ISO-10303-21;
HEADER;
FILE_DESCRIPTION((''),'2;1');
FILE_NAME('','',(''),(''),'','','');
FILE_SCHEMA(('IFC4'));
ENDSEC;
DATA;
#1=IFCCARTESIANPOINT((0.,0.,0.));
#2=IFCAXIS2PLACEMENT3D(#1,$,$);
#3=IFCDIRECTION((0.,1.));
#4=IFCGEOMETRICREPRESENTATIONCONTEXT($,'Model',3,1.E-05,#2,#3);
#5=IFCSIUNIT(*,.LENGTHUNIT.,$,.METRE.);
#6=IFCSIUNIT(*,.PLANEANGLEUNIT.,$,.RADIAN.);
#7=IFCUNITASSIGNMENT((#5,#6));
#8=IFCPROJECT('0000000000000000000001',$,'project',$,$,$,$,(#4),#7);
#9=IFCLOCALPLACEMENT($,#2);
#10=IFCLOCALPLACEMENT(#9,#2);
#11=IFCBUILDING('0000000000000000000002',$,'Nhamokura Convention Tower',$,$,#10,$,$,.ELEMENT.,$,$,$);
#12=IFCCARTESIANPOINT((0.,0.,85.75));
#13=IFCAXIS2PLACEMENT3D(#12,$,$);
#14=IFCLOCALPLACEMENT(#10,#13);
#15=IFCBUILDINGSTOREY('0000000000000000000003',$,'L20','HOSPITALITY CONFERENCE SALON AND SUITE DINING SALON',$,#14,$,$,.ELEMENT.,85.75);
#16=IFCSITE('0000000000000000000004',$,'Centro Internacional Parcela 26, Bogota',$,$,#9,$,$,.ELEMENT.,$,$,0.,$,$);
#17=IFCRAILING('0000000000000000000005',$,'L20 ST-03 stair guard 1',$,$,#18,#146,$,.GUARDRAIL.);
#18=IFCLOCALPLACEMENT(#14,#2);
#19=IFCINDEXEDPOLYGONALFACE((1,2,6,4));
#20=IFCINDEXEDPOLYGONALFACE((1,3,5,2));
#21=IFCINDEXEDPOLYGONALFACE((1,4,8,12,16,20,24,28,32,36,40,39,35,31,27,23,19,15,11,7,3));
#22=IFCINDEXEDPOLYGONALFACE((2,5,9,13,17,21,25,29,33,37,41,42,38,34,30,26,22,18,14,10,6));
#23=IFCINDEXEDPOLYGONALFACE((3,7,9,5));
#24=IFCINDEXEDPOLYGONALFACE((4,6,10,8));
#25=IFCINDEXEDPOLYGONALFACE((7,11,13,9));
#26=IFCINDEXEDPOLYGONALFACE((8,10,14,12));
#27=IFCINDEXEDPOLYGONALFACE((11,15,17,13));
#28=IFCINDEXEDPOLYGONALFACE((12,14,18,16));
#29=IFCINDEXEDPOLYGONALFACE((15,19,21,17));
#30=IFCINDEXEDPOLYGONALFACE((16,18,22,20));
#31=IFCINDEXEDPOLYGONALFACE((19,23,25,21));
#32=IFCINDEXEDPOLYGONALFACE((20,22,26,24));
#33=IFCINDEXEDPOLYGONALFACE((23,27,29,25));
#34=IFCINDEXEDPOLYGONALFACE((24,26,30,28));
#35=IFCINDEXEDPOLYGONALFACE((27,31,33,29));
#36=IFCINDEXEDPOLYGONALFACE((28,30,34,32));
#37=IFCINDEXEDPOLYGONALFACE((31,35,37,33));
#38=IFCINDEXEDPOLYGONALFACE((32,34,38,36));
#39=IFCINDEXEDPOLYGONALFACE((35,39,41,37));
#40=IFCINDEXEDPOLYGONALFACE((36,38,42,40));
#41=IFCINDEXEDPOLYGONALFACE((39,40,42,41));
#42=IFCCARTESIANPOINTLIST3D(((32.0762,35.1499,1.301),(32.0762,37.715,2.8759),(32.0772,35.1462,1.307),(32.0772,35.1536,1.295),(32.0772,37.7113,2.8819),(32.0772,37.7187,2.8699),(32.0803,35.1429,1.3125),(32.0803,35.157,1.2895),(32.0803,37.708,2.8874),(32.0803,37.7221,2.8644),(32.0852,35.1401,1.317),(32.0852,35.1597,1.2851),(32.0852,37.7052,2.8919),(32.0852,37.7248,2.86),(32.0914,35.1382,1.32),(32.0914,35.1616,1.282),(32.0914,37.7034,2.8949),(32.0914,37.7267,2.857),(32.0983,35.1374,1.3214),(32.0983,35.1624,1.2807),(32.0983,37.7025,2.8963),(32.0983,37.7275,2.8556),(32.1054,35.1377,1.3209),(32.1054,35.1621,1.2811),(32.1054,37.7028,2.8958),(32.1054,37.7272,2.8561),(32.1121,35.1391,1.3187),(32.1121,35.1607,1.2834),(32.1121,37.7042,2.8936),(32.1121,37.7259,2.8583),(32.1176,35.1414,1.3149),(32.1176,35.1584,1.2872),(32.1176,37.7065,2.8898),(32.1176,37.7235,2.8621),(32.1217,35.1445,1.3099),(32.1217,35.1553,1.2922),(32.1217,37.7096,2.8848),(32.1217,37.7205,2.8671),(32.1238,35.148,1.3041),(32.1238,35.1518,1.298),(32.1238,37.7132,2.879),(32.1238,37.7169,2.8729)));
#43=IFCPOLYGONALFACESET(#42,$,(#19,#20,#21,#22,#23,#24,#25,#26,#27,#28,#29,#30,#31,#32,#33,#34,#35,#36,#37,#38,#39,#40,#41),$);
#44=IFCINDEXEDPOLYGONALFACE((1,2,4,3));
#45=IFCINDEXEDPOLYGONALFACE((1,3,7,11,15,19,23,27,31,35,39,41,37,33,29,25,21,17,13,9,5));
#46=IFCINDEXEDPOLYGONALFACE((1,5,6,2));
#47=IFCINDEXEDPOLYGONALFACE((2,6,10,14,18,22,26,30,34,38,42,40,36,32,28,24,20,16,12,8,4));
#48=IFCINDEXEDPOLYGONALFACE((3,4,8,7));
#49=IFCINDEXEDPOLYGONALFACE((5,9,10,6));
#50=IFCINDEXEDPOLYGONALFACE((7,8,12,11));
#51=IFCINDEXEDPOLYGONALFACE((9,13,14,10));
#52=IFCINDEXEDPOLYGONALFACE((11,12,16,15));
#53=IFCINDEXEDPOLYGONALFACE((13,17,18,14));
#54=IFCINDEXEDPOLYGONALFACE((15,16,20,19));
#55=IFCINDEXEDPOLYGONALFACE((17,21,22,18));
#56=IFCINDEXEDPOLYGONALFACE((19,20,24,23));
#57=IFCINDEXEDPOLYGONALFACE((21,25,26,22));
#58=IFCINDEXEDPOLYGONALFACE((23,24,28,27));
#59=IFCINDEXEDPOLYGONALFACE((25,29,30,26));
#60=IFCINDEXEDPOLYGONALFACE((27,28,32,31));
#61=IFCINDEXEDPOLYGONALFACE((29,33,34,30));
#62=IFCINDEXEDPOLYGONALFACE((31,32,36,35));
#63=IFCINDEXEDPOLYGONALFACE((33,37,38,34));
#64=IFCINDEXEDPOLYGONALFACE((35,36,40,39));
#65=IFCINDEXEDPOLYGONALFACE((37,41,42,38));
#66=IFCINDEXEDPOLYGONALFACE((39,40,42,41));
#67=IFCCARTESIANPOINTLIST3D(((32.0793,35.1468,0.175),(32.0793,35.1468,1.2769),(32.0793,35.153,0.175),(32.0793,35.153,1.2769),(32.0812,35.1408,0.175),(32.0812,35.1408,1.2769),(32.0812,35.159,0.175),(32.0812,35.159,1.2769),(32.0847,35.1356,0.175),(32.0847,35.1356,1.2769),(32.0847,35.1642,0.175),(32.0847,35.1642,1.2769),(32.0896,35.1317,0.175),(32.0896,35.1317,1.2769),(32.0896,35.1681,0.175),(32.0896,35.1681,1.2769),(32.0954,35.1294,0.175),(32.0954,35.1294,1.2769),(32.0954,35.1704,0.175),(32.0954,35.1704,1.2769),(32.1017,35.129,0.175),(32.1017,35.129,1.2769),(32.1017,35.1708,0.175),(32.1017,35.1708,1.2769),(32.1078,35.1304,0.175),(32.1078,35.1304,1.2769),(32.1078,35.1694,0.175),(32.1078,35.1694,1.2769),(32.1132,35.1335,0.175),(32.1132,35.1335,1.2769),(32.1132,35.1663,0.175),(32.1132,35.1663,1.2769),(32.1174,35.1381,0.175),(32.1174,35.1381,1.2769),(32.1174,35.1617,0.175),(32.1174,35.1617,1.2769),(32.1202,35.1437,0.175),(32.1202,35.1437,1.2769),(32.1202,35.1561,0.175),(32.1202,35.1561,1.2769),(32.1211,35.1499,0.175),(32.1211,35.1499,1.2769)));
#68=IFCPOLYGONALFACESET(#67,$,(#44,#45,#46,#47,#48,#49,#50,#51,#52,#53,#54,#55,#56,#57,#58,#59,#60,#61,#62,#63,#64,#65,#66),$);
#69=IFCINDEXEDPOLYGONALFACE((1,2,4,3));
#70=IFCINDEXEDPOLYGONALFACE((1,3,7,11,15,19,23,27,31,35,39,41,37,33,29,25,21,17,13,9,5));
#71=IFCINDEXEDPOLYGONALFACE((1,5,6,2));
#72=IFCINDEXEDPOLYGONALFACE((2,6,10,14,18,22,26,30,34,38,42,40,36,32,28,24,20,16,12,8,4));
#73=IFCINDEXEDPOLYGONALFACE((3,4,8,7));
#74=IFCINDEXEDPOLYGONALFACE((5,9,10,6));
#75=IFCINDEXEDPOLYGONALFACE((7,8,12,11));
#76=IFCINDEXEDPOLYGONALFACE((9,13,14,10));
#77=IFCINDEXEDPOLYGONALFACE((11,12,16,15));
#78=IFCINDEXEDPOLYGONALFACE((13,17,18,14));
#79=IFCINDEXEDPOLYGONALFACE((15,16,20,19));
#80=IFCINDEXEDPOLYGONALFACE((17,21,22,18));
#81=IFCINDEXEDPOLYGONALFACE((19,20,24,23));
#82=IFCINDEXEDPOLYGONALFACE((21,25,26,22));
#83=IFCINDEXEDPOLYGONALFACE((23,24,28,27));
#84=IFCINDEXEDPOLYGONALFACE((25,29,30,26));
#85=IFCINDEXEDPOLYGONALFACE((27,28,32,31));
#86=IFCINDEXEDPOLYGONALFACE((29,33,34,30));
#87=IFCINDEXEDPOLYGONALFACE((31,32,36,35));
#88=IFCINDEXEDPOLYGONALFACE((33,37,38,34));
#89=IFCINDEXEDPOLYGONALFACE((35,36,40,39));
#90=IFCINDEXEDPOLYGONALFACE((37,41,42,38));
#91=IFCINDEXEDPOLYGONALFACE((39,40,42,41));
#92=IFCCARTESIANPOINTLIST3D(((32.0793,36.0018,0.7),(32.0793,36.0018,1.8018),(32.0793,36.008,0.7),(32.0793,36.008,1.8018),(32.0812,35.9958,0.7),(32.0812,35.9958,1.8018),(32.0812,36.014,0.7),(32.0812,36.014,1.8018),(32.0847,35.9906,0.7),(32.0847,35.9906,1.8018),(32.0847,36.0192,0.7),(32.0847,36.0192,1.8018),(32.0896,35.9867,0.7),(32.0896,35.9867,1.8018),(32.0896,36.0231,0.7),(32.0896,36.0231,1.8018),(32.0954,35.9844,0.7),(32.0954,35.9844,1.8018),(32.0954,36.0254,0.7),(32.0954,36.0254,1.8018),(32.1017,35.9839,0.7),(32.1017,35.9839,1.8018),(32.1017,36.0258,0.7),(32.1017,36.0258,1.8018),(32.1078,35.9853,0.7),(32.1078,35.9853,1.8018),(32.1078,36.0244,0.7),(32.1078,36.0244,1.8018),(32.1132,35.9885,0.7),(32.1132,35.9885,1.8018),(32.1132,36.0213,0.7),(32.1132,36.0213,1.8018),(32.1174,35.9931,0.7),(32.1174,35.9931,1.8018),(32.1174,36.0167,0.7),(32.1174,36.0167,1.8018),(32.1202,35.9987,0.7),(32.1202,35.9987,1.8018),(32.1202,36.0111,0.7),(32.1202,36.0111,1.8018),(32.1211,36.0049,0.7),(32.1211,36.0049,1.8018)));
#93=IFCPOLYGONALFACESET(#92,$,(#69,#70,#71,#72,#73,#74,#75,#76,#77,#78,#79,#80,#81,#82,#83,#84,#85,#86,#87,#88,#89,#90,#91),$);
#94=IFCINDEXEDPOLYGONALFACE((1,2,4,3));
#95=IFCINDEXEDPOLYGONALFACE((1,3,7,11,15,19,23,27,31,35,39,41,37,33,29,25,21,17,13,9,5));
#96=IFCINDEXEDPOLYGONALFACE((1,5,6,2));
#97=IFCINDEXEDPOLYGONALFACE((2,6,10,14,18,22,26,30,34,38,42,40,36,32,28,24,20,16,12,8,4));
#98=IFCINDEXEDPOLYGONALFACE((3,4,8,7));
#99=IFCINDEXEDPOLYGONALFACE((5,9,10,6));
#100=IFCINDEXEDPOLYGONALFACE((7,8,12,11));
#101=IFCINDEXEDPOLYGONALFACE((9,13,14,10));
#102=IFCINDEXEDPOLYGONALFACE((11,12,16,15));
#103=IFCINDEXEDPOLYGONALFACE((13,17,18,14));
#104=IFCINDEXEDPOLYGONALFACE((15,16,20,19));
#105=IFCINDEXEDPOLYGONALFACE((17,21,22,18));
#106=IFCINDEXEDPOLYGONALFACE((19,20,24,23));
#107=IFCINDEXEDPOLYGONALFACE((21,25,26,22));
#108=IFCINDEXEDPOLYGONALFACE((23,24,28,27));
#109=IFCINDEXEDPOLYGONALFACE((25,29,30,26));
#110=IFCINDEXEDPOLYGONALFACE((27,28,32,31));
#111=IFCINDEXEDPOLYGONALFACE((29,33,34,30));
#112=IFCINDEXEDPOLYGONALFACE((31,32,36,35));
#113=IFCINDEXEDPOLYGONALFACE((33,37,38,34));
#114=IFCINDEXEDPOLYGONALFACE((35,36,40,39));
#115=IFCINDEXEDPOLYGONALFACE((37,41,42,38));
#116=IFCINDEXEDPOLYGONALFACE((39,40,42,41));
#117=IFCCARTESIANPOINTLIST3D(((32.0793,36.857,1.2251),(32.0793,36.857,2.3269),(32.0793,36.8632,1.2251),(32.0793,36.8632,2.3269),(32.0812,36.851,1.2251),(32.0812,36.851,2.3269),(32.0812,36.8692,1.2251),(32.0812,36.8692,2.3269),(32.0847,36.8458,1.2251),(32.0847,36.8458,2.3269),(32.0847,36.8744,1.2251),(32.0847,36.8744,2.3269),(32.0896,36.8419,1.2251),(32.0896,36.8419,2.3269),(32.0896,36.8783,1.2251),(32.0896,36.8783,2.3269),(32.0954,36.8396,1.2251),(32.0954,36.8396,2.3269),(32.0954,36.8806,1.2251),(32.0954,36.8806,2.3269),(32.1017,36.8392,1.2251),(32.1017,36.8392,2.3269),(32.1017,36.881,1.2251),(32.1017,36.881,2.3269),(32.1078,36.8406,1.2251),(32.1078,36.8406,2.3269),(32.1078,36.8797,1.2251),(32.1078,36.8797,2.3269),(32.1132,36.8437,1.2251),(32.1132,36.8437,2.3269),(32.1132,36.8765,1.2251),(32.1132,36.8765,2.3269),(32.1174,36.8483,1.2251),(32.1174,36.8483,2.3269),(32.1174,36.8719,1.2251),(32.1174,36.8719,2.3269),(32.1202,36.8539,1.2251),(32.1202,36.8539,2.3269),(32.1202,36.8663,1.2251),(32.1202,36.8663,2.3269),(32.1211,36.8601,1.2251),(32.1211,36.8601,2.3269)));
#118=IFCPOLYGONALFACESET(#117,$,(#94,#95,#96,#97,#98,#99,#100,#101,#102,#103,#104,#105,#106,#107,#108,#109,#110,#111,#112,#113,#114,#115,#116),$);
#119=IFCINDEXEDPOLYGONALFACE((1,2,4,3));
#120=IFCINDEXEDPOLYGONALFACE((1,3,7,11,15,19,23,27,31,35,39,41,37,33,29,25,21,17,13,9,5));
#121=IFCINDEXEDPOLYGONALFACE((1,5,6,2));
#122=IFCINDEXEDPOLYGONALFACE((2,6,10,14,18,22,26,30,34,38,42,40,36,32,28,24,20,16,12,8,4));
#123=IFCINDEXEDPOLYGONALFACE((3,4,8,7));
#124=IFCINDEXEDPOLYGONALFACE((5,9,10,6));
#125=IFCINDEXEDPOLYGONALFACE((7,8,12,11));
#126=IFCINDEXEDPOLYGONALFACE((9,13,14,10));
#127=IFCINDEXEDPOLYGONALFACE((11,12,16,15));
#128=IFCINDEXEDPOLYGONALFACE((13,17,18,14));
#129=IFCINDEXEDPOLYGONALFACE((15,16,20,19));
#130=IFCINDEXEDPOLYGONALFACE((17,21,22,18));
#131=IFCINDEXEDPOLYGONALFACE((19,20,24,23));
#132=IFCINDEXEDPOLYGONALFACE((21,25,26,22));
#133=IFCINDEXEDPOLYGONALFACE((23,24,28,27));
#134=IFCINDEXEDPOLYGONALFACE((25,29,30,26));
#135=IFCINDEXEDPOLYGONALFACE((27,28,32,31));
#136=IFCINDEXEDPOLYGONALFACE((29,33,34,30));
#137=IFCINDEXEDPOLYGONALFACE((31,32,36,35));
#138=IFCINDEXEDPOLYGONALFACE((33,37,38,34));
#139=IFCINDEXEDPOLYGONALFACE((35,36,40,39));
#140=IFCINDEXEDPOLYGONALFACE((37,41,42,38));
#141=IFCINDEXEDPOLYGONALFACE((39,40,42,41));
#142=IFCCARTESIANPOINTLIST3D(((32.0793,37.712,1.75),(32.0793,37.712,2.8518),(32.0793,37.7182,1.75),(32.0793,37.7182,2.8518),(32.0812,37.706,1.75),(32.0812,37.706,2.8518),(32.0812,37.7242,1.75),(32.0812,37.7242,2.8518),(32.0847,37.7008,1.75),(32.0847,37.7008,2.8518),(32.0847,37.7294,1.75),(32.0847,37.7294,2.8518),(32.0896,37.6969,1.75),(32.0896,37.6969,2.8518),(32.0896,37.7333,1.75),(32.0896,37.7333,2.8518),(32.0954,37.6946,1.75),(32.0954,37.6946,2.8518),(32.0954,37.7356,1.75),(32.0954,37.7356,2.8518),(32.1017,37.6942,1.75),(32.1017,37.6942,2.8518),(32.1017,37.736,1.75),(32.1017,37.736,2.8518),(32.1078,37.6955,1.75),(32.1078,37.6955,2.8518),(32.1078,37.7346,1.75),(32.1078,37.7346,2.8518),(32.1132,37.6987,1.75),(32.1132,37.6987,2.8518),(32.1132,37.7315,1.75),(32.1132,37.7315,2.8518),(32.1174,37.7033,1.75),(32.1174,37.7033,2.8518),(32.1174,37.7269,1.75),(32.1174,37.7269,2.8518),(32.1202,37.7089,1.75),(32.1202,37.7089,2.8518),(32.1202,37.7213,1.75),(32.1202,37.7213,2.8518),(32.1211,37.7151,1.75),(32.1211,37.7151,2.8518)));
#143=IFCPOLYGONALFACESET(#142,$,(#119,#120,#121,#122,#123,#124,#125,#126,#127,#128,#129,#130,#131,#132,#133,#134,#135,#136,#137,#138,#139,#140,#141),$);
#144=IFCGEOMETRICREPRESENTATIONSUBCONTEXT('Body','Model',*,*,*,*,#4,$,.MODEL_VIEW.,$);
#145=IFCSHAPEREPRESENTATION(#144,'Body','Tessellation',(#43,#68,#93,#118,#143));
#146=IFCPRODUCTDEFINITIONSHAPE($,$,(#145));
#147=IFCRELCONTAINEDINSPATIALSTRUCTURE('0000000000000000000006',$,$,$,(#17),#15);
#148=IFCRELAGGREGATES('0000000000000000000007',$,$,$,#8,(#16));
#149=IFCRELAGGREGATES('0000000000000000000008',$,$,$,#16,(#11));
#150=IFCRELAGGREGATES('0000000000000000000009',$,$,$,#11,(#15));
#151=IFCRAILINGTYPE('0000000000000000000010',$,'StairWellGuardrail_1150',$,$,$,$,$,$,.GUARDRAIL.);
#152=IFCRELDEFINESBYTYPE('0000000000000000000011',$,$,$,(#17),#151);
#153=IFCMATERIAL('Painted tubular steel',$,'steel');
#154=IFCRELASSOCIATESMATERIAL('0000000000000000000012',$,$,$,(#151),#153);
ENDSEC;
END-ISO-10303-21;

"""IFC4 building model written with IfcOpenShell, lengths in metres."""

from ifc_helpers import new_model, si_unit, direction, frame, origin, origin_2d, place, context, subcontext, project, spatial, circle, extrude, material, type_object, element, save


model = new_model("IFC4")

# Units and contexts
model_context = context("Model", 3, precision=1e-05, world=origin(), true_north=direction((0.0, 1.0)))
body_context = subcontext(model_context, "Body", "Model", "MODEL_VIEW")
ifc_project = project(units=[si_unit("LENGTHUNIT", "METRE"), si_unit("PLANEANGLEUNIT", "RADIAN")], contexts=[model_context])

# Site, building, storey
site_placement = place(None, origin())
site = spatial("IfcSite", under=ifc_project, at=site_placement, Name="Centro Internacional Parcela 26, Bogota", CompositionType="ELEMENT", RefElevation=0.0)
building_placement = place(site_placement, origin())
building = spatial("IfcBuilding", under=site, at=building_placement, Name="Nhamokura Convention Tower", CompositionType="ELEMENT")
storey_placement = place(building_placement, frame((0.0, 0.0, 85.75)))
storey = spatial("IfcBuildingStorey", under=building, at=storey_placement, Name="L20", Description="HOSPITALITY CONFERENCE SALON AND SUITE DINING SALON", CompositionType="ELEMENT", Elevation=85.75)

# Railing
ifc_material_1 = material(Name="Painted tubular steel", Category="steel")
railing_type_1 = type_object("IfcRailingType", Name="StairWellGuardrail_1150", PredefinedType="GUARDRAIL", material=ifc_material_1)
railing_1_placement = place(storey_placement, frame((32.1001, 35.1499, 0.175)))
element("IfcRailing", 1, at=railing_1_placement, inside=storey, type_object=railing_type_1, Name="L20 ST-03 stair guard 1", PredefinedType="GUARDRAIL", context=body_context, shape_type="SweptSolid", body=[
    extrude(circle(Radius=0.0239, at=origin_2d()), frame((0.0, 0.0, 1.126), z_axis=(0.0, 0.852195, 0.523224), x_axis=(-1.0, 0.0, 0.0)), (0.0, 0.0, 1.0), 3.01),
    extrude(circle(Radius=0.021, at=origin_2d()), origin(), (0.0, 0.0, 1.0), 1.1018),
    extrude(circle(Radius=0.021, at=origin_2d()), frame((0.0, 0.855, 0.5249)), (0.0, 0.0, 1.0), 1.1018),
    extrude(circle(Radius=0.021, at=origin_2d()), frame((0.0, 1.7102, 1.05)), (0.0, 0.0, 1.0), 1.1018),
    extrude(circle(Radius=0.021, at=origin_2d()), frame((0.0, 2.5652, 1.575)), (0.0, 0.0, 1.0), 1.1018),
])

save(model, "model.ifc")
